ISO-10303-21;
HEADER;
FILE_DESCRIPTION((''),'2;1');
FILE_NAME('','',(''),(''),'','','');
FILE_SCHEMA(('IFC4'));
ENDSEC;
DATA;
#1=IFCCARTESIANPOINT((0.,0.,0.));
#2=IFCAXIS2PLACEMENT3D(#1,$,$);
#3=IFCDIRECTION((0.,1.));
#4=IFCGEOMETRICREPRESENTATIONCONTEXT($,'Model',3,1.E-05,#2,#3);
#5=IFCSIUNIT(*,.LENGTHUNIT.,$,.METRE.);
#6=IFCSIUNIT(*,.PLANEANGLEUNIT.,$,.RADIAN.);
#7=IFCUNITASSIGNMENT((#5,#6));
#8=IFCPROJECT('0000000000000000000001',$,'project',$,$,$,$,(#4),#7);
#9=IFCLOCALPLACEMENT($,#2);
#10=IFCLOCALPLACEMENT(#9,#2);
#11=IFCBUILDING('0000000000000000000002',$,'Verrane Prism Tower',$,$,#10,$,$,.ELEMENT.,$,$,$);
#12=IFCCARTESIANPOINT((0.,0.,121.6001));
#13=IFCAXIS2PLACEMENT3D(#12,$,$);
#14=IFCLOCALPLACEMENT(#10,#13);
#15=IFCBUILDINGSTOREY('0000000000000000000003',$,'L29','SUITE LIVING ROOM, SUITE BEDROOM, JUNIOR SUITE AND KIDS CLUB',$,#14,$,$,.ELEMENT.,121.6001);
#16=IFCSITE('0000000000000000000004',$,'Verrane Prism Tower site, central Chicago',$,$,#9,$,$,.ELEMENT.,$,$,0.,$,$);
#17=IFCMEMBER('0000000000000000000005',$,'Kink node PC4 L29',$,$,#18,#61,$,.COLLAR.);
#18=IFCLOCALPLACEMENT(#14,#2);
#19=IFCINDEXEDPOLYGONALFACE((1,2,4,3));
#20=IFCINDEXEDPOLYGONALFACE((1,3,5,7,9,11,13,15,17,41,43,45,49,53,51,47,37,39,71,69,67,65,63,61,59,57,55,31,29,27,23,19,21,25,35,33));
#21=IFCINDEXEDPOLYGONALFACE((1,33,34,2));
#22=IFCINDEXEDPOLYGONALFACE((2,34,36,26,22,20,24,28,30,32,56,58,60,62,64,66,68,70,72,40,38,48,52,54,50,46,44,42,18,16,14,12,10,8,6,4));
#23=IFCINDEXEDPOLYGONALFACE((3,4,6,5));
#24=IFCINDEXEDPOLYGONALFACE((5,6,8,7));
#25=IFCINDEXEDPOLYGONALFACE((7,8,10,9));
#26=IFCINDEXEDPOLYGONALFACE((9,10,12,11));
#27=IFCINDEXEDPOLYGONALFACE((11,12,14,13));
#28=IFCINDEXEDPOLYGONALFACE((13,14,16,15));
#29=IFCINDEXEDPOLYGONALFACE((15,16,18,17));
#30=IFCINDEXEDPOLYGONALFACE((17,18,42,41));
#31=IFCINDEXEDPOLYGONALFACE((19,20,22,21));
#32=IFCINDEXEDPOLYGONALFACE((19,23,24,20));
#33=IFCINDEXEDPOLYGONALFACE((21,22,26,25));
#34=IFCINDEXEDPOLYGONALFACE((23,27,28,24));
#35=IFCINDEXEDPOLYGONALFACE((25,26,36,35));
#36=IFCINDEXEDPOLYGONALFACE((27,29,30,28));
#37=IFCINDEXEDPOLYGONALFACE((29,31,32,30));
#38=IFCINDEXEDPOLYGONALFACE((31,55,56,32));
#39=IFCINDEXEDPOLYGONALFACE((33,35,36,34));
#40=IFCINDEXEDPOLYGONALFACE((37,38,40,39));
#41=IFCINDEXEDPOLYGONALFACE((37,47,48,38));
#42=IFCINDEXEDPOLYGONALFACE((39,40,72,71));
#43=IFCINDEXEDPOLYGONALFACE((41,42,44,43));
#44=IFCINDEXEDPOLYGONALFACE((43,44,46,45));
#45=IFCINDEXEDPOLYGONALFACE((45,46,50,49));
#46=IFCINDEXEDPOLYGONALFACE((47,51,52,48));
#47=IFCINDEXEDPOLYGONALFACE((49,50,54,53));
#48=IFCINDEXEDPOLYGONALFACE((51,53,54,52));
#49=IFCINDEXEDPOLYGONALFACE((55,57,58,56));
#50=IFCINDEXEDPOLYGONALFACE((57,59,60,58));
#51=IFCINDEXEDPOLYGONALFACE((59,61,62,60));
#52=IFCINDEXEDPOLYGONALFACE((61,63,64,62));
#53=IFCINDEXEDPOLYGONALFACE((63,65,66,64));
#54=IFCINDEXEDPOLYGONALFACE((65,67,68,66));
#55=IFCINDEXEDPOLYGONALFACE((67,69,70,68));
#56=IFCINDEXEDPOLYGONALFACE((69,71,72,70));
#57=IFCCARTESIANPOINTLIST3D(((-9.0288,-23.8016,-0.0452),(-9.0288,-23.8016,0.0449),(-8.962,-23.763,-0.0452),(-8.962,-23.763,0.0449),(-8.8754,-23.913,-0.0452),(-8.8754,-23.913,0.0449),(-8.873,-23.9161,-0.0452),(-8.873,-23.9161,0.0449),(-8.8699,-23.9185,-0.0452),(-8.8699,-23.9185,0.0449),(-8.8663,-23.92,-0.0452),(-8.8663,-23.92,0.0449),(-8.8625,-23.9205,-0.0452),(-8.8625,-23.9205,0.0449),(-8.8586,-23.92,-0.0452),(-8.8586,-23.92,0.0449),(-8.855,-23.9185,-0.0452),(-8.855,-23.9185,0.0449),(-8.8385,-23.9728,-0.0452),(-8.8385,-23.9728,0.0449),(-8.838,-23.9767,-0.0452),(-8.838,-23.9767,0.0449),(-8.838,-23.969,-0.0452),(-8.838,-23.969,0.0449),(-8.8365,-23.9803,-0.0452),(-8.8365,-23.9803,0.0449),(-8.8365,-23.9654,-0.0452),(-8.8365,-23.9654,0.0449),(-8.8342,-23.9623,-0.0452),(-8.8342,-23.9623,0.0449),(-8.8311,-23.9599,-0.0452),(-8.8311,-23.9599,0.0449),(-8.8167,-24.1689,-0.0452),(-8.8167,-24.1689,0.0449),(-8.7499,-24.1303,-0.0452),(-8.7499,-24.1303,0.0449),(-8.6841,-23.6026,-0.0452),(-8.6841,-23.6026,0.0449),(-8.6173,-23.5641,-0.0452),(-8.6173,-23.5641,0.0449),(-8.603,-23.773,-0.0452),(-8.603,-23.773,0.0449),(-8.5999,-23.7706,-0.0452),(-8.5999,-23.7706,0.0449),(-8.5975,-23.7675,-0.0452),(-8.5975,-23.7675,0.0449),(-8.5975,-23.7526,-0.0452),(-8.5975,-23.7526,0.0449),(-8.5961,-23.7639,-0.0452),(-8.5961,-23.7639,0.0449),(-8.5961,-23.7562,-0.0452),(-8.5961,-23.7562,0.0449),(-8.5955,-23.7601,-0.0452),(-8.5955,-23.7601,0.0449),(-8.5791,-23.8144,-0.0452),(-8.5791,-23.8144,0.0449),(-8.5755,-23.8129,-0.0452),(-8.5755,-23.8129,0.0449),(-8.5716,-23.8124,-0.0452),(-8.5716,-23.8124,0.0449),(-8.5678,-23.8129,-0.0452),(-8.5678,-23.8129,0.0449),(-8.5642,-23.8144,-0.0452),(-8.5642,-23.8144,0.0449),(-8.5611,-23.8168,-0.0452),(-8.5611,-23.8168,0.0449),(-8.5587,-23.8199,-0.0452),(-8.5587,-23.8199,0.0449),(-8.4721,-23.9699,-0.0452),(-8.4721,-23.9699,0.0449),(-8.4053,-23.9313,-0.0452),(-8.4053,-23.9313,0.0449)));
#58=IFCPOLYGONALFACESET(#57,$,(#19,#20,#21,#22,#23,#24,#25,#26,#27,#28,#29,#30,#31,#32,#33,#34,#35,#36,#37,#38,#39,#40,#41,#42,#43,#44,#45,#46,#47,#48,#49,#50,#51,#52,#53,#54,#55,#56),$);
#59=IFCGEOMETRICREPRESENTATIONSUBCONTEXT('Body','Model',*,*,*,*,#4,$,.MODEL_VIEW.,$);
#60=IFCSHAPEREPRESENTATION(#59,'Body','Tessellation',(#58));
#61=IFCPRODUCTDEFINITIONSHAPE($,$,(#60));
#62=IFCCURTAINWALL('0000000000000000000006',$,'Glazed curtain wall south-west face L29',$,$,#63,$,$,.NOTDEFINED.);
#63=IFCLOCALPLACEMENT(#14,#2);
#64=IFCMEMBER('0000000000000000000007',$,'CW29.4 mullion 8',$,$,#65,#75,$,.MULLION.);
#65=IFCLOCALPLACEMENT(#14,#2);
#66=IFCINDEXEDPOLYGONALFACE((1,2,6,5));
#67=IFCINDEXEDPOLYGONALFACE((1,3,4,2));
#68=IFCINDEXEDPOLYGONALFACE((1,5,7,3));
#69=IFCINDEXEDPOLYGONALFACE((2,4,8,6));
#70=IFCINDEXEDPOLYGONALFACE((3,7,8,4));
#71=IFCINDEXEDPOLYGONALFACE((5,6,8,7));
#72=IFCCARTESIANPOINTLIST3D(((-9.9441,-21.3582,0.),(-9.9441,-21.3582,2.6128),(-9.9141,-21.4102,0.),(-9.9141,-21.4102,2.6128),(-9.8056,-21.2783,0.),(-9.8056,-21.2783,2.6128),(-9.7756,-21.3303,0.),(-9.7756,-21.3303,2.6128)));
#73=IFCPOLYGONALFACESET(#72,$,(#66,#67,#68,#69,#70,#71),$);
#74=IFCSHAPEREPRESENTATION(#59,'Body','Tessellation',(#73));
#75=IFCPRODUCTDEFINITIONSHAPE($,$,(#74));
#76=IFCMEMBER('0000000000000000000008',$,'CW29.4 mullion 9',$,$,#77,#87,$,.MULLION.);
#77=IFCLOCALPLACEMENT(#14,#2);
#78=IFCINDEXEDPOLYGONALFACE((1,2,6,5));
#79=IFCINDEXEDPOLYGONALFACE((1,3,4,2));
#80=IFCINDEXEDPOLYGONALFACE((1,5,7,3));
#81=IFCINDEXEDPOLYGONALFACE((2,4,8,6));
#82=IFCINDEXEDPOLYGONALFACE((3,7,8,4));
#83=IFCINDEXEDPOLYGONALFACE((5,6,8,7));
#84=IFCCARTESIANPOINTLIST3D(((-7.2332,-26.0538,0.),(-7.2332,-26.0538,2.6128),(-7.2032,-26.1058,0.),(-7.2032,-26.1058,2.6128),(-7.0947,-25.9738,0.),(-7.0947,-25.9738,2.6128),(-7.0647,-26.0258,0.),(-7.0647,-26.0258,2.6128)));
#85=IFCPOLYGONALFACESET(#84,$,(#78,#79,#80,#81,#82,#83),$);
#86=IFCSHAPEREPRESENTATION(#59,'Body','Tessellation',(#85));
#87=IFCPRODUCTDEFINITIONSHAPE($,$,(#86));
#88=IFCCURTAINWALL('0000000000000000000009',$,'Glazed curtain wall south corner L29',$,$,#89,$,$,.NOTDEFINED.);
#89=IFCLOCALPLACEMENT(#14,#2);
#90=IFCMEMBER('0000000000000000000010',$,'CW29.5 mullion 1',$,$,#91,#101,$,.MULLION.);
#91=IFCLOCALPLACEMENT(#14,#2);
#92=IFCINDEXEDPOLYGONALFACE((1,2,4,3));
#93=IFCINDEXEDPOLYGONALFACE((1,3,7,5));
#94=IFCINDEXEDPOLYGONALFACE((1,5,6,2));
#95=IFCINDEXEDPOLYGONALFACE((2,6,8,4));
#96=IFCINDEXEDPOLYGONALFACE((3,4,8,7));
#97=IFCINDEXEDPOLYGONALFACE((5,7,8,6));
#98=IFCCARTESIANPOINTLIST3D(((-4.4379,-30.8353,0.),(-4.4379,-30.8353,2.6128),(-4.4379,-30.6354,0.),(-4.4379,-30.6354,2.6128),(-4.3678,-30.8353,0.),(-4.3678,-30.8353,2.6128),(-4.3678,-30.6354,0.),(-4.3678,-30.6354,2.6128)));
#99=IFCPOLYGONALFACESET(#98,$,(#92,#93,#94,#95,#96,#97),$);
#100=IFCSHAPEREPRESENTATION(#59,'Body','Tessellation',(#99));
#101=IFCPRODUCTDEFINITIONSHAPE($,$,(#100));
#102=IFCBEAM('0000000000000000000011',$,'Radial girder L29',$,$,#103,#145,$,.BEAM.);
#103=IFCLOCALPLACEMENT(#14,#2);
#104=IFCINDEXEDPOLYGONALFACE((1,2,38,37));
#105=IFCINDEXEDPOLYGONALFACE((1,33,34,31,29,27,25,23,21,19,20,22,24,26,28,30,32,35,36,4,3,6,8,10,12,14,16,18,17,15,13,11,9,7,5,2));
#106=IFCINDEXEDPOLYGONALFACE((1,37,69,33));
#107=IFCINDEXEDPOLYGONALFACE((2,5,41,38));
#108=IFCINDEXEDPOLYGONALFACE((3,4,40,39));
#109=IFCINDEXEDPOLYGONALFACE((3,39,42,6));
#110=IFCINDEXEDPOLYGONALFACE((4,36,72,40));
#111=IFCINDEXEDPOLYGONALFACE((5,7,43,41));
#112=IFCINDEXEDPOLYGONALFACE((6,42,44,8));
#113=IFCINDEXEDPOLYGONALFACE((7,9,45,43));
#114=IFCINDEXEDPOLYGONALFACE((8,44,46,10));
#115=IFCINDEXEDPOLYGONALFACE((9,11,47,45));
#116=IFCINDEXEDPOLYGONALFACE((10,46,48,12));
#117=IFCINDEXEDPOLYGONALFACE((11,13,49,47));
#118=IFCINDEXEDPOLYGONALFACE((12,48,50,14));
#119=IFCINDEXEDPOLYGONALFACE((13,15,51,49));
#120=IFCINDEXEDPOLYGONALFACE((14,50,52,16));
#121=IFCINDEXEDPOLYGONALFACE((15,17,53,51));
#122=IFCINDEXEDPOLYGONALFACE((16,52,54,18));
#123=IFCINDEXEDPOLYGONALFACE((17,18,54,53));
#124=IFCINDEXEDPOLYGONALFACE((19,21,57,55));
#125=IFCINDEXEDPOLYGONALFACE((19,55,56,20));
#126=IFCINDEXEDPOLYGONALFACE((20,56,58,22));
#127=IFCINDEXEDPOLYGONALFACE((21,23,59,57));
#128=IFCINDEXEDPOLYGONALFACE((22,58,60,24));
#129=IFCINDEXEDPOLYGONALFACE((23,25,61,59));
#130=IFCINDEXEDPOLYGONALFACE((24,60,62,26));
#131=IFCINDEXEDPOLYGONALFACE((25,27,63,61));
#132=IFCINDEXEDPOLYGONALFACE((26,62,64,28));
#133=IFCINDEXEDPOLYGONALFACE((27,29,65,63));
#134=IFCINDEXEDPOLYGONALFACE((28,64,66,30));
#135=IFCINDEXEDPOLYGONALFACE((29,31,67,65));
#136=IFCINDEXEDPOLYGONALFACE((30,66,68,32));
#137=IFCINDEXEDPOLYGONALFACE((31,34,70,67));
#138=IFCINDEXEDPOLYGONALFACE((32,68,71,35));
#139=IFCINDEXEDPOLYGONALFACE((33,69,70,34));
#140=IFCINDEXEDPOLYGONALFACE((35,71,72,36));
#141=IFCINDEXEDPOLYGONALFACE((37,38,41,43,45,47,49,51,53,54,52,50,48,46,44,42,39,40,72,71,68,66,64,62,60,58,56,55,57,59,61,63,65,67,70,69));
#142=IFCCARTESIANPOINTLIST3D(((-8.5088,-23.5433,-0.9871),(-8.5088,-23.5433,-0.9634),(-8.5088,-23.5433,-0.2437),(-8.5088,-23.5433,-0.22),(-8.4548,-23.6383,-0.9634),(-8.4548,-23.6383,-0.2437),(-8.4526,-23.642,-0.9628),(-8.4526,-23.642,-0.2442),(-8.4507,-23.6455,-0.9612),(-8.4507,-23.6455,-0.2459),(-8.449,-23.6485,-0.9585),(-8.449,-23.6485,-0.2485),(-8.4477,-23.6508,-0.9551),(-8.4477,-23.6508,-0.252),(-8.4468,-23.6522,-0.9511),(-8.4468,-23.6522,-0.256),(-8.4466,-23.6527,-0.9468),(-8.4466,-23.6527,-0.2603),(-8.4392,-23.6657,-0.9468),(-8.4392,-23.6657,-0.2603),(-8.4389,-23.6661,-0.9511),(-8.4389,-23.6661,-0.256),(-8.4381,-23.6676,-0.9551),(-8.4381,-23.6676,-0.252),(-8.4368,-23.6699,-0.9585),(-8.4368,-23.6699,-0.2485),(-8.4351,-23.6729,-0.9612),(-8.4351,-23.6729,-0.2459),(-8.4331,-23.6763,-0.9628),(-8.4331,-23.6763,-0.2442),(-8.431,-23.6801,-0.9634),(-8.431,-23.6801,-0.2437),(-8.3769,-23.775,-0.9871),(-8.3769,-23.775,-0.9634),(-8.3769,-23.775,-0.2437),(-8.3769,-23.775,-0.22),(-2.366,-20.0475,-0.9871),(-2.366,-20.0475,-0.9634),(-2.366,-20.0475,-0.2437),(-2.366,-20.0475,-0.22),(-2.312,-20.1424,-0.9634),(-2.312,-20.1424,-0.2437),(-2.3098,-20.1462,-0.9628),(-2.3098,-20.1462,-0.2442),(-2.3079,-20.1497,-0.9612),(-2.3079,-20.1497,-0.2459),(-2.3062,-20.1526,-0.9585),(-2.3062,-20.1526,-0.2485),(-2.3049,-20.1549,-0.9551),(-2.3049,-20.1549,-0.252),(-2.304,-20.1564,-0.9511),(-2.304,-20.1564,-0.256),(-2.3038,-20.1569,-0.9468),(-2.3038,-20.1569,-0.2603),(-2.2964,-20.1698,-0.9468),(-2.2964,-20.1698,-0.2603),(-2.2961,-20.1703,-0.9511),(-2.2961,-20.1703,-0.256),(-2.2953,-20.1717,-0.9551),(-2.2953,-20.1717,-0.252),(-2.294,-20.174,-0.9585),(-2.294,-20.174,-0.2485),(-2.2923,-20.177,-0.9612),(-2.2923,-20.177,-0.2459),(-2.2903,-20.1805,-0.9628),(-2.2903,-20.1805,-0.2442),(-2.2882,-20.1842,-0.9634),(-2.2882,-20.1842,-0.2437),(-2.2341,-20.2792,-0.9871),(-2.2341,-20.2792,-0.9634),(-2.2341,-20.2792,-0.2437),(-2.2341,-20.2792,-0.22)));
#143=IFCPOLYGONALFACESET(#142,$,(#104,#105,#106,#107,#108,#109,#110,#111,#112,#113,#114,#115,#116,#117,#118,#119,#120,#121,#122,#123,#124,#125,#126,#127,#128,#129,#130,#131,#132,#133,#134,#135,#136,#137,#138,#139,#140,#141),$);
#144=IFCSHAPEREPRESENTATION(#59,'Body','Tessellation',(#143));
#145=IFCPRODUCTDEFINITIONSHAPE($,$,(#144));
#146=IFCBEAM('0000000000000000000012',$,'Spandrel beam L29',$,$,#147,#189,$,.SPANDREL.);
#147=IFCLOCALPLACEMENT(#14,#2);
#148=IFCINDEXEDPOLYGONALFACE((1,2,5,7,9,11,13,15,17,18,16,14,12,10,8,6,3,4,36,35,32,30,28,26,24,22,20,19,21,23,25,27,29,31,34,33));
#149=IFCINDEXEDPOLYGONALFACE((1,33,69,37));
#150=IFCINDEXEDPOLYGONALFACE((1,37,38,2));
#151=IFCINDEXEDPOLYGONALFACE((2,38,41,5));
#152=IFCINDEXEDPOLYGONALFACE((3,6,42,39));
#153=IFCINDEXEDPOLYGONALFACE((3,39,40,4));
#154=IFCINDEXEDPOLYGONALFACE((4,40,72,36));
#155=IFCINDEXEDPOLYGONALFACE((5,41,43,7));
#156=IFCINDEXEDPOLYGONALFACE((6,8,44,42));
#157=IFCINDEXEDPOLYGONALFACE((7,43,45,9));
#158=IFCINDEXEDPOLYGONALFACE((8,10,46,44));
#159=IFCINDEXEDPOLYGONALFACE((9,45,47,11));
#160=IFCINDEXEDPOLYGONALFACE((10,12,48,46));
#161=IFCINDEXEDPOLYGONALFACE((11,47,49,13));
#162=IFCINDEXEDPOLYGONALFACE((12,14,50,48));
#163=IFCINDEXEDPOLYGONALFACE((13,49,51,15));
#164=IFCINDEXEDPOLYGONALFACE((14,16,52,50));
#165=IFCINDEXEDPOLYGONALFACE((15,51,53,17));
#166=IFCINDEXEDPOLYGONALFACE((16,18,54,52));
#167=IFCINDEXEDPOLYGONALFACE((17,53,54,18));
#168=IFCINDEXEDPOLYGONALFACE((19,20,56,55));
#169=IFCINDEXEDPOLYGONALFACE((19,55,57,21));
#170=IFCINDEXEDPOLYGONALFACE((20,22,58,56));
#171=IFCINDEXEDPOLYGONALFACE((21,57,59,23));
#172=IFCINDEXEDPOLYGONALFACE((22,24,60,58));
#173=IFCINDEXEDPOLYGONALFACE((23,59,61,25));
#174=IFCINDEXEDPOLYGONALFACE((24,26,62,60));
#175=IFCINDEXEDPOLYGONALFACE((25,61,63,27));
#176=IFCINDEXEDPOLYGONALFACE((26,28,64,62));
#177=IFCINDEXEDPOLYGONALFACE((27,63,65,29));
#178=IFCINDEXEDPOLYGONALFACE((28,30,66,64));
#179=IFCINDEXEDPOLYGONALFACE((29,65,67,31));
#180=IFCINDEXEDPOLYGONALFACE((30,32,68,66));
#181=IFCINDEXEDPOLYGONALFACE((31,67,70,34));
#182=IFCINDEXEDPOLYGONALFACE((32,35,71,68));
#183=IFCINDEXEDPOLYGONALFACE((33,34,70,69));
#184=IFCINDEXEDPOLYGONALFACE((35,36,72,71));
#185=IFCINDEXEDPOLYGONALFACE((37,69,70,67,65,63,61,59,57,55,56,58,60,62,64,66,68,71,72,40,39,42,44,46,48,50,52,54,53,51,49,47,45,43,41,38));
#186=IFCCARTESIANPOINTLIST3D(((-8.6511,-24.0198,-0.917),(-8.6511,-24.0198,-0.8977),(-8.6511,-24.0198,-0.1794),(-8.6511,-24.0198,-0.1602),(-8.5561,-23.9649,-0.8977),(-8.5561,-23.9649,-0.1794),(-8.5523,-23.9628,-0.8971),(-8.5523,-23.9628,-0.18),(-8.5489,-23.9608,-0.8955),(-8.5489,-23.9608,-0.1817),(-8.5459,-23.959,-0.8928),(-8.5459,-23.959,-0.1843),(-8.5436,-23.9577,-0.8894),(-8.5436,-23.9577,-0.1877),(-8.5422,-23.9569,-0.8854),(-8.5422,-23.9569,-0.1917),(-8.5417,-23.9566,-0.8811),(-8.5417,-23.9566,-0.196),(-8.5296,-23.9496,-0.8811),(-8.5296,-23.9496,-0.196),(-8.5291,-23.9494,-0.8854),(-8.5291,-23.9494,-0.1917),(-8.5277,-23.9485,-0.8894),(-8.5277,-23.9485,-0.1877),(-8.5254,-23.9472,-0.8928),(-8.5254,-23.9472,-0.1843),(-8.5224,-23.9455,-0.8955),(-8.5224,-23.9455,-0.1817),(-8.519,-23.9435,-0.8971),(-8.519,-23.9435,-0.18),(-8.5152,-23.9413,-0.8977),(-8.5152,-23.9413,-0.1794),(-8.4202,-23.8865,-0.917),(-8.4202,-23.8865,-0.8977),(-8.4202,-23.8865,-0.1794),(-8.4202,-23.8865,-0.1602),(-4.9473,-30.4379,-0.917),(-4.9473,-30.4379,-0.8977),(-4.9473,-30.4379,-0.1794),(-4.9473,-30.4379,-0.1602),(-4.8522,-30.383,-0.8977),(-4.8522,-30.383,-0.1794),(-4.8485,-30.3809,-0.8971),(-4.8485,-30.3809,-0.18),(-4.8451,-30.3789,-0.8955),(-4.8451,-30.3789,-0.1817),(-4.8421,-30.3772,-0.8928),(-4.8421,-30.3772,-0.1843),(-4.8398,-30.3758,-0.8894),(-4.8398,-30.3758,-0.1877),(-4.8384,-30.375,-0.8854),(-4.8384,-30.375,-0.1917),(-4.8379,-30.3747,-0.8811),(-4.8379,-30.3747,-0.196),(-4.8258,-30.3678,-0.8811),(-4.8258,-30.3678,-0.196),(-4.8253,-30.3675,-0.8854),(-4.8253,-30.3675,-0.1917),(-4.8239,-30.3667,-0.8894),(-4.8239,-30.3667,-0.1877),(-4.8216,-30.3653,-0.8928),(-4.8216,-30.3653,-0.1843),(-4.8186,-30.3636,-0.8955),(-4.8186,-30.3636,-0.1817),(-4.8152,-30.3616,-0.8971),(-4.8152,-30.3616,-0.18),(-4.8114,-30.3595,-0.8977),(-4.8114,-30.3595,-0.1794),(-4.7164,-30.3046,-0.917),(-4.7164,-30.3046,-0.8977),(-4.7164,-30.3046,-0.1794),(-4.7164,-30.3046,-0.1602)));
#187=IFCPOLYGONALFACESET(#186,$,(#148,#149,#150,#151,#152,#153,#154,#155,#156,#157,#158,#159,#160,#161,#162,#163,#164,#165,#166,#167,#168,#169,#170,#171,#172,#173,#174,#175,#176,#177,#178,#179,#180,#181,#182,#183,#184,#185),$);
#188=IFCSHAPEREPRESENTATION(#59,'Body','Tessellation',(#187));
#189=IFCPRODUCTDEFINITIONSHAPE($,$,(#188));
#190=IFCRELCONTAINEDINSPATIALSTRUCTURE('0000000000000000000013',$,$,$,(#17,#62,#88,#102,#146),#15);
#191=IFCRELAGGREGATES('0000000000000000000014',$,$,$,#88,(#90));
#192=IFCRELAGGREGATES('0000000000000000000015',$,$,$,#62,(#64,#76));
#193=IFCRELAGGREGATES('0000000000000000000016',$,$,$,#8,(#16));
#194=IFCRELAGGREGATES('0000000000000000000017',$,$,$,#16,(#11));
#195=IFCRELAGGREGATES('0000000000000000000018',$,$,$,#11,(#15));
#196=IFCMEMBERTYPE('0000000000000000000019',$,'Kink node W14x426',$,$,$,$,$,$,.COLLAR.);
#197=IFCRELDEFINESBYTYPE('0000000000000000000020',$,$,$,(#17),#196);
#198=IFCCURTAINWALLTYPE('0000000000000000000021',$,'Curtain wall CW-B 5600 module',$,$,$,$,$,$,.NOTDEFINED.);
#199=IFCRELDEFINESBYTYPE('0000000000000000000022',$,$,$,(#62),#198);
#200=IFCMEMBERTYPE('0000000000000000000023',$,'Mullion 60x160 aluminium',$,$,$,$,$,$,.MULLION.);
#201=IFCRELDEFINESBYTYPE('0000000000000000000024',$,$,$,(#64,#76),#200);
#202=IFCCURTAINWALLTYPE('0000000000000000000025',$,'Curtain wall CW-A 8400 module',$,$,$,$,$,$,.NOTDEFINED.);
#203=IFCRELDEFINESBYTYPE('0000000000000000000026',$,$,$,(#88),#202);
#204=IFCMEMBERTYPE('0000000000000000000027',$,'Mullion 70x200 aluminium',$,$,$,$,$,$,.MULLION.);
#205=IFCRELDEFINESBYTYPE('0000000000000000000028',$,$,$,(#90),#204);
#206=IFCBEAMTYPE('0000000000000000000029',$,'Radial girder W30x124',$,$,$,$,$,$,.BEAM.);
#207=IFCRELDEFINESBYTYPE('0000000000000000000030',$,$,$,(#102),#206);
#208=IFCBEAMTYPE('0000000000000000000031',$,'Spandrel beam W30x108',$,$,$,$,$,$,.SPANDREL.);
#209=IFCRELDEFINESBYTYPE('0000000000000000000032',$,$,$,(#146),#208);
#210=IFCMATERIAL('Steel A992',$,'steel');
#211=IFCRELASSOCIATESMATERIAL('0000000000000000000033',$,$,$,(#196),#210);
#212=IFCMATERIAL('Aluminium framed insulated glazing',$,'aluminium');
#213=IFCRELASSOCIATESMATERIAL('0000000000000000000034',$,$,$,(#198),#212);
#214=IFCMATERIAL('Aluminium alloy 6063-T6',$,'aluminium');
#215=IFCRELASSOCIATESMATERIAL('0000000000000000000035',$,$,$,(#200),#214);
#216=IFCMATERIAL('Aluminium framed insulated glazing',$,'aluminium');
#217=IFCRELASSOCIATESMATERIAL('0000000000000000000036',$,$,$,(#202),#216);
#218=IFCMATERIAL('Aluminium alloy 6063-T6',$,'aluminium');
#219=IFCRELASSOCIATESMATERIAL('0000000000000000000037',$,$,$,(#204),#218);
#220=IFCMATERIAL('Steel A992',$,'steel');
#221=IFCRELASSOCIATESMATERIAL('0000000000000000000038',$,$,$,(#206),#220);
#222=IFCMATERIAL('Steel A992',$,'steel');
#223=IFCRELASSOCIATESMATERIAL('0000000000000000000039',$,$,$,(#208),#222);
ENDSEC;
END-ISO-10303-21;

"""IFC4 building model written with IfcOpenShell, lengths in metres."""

from ifc_helpers import new_model, si_unit, direction, frame, origin, origin_2d, place, context, subcontext, project, spatial, rectangle, i_section, extrude, material, material_profile, profile_set, type_object, element, aggregate, save


model = new_model("IFC4")

# Units and contexts
model_context = context("Model", 3, precision=1e-05, world=origin(), true_north=direction((0.0, 1.0)))
body_context = subcontext(model_context, "Body", "Model", "MODEL_VIEW")
ifc_project = project(units=[si_unit("LENGTHUNIT", "METRE"), si_unit("PLANEANGLEUNIT", "RADIAN")], contexts=[model_context])

# Site, building, storey
site_placement = place(None, origin())
site = spatial("IfcSite", under=ifc_project, at=site_placement, Name="Verrane Prism Tower site, central Chicago", CompositionType="ELEMENT", RefElevation=0.0)
building_placement = place(site_placement, origin())
building = spatial("IfcBuilding", under=site, at=building_placement, Name="Verrane Prism Tower", CompositionType="ELEMENT")
storey_placement = place(building_placement, frame((0.0, 0.0, 121.6001)))
storey = spatial("IfcBuildingStorey", under=building, at=storey_placement, Name="L29", Description="SUITE LIVING ROOM, SUITE BEDROOM, JUNIOR SUITE AND KIDS CLUB", CompositionType="ELEMENT", Elevation=121.6001)

# Member
ifc_material_1 = material(Name="Steel A992", Category="steel")
ifc_material_profile_1 = material_profile(ifc_material_1, i_section(OverallWidth=0.4241, OverallDepth=0.4751, WebThickness=0.0479, FlangeThickness=0.0771, FilletRadius=0.0149, at=origin_2d()), Name="W14x426")
ifc_profile_set_1 = profile_set([ifc_material_profile_1], Name="Steel A992")
member_type_1 = type_object("IfcMemberType", Name="Kink node W14x426", PredefinedType="COLLAR", material=ifc_profile_set_1)
member_1_placement = place(storey_placement, frame((-8.717, -23.8665, -0.0452), z_axis=(0.0, 0.0, 1.0), x_axis=(-0.5, 0.866025, 0.0)))
element("IfcMember", 1, at=member_1_placement, inside=storey, type_object=member_type_1, Name="Kink node PC4 L29", PredefinedType="COLLAR", context=body_context, shape_type="SweptSolid", body=[
    extrude(i_section(OverallWidth=0.4241, OverallDepth=0.4751, WebThickness=0.0479, FlangeThickness=0.0771, FilletRadius=0.0149, at=origin_2d()), origin(), (0.0, 0.0, 1.0), 0.0901),
])

# Curtain wall, members
ifc_material_2 = material(Name="Aluminium framed insulated glazing", Category="aluminium")
curtain_wall_type_1 = type_object("IfcCurtainWallType", Name="Curtain wall CW-B 5600 module", PredefinedType="NOTDEFINED", material=ifc_material_2)
curtain_wall_1_placement = place(storey_placement, origin())
curtain_wall_1 = element("IfcCurtainWall", 2, at=curtain_wall_1_placement, inside=storey, type_object=curtain_wall_type_1, Name="Glazed curtain wall south-west face L29", PredefinedType="NOTDEFINED")
ifc_material_3 = material(Name="Aluminium alloy 6063-T6", Category="aluminium")
ifc_material_profile_2 = material_profile(ifc_material_3, rectangle(XDim=0.1599, YDim=0.0601, at=origin_2d()), Name="Mullion 60x160 aluminium")
ifc_profile_set_2 = profile_set([ifc_material_profile_2], Name="Aluminium alloy 6063-T6")
member_type_2 = type_object("IfcMemberType", Name="Mullion 60x160 aluminium", PredefinedType="MULLION", material=ifc_profile_set_2)
member_2_placement = place(storey_placement, frame((-9.8599, -21.3442, 0.0), z_axis=(0.0, 0.0, 1.0), x_axis=(0.866025, 0.5, 0.0)))
member_2 = element("IfcMember", 3, at=member_2_placement, type_object=member_type_2, Name="CW29.4 mullion 8", PredefinedType="MULLION", context=body_context, shape_type="SweptSolid", body=[
    extrude(rectangle(XDim=0.1599, YDim=0.0601, at=origin_2d()), origin(), (0.0, 0.0, 1.0), 2.6128),
])
member_3_placement = place(storey_placement, frame((-7.1489, -26.0398, 0.0), z_axis=(0.0, 0.0, 1.0), x_axis=(0.866025, 0.5, 0.0)))
member_3 = element("IfcMember", 4, at=member_3_placement, type_object=member_type_2, Name="CW29.4 mullion 9", PredefinedType="MULLION", context=body_context, shape_type="SweptSolid", body=[
    extrude(rectangle(XDim=0.1599, YDim=0.0601, at=origin_2d()), origin(), (0.0, 0.0, 1.0), 2.6128),
])

# Curtain wall, member
ifc_material_4 = material(Name="Aluminium framed insulated glazing", Category="aluminium")
curtain_wall_type_2 = type_object("IfcCurtainWallType", Name="Curtain wall CW-A 8400 module", PredefinedType="NOTDEFINED", material=ifc_material_4)
curtain_wall_2_placement = place(storey_placement, origin())
curtain_wall_2 = element("IfcCurtainWall", 5, at=curtain_wall_2_placement, inside=storey, type_object=curtain_wall_type_2, Name="Glazed curtain wall south corner L29", PredefinedType="NOTDEFINED")
ifc_material_5 = material(Name="Aluminium alloy 6063-T6", Category="aluminium")
ifc_material_profile_3 = material_profile(ifc_material_5, rectangle(XDim=0.2, YDim=0.0701, at=origin_2d()), Name="Mullion 70x200 aluminium")
ifc_profile_set_3 = profile_set([ifc_material_profile_3], Name="Aluminium alloy 6063-T6")
member_type_3 = type_object("IfcMemberType", Name="Mullion 70x200 aluminium", PredefinedType="MULLION", material=ifc_profile_set_3)
member_4_placement = place(storey_placement, frame((-4.4028, -30.7354, 0.0), z_axis=(0.0, 0.0, 1.0), x_axis=(0.0, 1.0, 0.0)))
member_4 = element("IfcMember", 6, at=member_4_placement, type_object=member_type_3, Name="CW29.5 mullion 1", PredefinedType="MULLION", context=body_context, shape_type="SweptSolid", body=[
    extrude(rectangle(XDim=0.2, YDim=0.0701, at=origin_2d()), origin(), (0.0, 0.0, 1.0), 2.6128),
])

# Beams
ifc_material_6 = material(Name="Steel A992", Category="steel")
ifc_material_profile_4 = material_profile(ifc_material_6, i_section(OverallWidth=0.2666, OverallDepth=0.7671, WebThickness=0.0149, FlangeThickness=0.0237, FilletRadius=0.0166, at=origin_2d()), Name="W30x124")
ifc_profile_set_4 = profile_set([ifc_material_profile_4], Name="Steel A992")
beam_type_1 = type_object("IfcBeamType", Name="Radial girder W30x124", PredefinedType="BEAM", material=ifc_profile_set_4)
beam_1_placement = place(storey_placement, frame((-8.4429, -23.6592, -0.6035), z_axis=(0.869115, 0.494609, 0.0), x_axis=(-0.494609, 0.869115, 0.0)))
element("IfcBeam", 7, at=beam_1_placement, inside=storey, type_object=beam_type_1, Name="Radial girder L29", PredefinedType="BEAM", context=body_context, shape_type="SweptSolid", body=[
    extrude(i_section(OverallWidth=0.2666, OverallDepth=0.7671, WebThickness=0.0149, FlangeThickness=0.0237, FilletRadius=0.0166, at=origin_2d()), origin(), (0.0, 0.0, 1.0), 7.0679),
])
ifc_material_7 = material(Name="Steel A992", Category="steel")
ifc_material_profile_5 = material_profile(ifc_material_7, i_section(OverallWidth=0.2666, OverallDepth=0.7568, WebThickness=0.0139, FlangeThickness=0.0193, FilletRadius=0.0166, at=origin_2d()), Name="W30x108")
ifc_profile_set_5 = profile_set([ifc_material_profile_5], Name="Steel A992")
beam_type_2 = type_object("IfcBeamType", Name="Spandrel beam W30x108", PredefinedType="SPANDREL", material=ifc_profile_set_5)
beam_2_placement = place(storey_placement, frame((-8.5356, -23.9531, -0.5386), z_axis=(0.499828, -0.866125, 0.0), x_axis=(0.866125, 0.499828, 0.0)))
element("IfcBeam", 8, at=beam_2_placement, inside=storey, type_object=beam_type_2, Name="Spandrel beam L29", PredefinedType="SPANDREL", context=body_context, shape_type="SweptSolid", body=[
    extrude(i_section(OverallWidth=0.2666, OverallDepth=0.7568, WebThickness=0.0139, FlangeThickness=0.0193, FilletRadius=0.0166, at=origin_2d()), origin(), (0.0, 0.0, 1.0), 7.4102),
])

aggregate(curtain_wall_2, [member_4])

aggregate(curtain_wall_1, [member_2, member_3])

save(model, "model.ifc")
